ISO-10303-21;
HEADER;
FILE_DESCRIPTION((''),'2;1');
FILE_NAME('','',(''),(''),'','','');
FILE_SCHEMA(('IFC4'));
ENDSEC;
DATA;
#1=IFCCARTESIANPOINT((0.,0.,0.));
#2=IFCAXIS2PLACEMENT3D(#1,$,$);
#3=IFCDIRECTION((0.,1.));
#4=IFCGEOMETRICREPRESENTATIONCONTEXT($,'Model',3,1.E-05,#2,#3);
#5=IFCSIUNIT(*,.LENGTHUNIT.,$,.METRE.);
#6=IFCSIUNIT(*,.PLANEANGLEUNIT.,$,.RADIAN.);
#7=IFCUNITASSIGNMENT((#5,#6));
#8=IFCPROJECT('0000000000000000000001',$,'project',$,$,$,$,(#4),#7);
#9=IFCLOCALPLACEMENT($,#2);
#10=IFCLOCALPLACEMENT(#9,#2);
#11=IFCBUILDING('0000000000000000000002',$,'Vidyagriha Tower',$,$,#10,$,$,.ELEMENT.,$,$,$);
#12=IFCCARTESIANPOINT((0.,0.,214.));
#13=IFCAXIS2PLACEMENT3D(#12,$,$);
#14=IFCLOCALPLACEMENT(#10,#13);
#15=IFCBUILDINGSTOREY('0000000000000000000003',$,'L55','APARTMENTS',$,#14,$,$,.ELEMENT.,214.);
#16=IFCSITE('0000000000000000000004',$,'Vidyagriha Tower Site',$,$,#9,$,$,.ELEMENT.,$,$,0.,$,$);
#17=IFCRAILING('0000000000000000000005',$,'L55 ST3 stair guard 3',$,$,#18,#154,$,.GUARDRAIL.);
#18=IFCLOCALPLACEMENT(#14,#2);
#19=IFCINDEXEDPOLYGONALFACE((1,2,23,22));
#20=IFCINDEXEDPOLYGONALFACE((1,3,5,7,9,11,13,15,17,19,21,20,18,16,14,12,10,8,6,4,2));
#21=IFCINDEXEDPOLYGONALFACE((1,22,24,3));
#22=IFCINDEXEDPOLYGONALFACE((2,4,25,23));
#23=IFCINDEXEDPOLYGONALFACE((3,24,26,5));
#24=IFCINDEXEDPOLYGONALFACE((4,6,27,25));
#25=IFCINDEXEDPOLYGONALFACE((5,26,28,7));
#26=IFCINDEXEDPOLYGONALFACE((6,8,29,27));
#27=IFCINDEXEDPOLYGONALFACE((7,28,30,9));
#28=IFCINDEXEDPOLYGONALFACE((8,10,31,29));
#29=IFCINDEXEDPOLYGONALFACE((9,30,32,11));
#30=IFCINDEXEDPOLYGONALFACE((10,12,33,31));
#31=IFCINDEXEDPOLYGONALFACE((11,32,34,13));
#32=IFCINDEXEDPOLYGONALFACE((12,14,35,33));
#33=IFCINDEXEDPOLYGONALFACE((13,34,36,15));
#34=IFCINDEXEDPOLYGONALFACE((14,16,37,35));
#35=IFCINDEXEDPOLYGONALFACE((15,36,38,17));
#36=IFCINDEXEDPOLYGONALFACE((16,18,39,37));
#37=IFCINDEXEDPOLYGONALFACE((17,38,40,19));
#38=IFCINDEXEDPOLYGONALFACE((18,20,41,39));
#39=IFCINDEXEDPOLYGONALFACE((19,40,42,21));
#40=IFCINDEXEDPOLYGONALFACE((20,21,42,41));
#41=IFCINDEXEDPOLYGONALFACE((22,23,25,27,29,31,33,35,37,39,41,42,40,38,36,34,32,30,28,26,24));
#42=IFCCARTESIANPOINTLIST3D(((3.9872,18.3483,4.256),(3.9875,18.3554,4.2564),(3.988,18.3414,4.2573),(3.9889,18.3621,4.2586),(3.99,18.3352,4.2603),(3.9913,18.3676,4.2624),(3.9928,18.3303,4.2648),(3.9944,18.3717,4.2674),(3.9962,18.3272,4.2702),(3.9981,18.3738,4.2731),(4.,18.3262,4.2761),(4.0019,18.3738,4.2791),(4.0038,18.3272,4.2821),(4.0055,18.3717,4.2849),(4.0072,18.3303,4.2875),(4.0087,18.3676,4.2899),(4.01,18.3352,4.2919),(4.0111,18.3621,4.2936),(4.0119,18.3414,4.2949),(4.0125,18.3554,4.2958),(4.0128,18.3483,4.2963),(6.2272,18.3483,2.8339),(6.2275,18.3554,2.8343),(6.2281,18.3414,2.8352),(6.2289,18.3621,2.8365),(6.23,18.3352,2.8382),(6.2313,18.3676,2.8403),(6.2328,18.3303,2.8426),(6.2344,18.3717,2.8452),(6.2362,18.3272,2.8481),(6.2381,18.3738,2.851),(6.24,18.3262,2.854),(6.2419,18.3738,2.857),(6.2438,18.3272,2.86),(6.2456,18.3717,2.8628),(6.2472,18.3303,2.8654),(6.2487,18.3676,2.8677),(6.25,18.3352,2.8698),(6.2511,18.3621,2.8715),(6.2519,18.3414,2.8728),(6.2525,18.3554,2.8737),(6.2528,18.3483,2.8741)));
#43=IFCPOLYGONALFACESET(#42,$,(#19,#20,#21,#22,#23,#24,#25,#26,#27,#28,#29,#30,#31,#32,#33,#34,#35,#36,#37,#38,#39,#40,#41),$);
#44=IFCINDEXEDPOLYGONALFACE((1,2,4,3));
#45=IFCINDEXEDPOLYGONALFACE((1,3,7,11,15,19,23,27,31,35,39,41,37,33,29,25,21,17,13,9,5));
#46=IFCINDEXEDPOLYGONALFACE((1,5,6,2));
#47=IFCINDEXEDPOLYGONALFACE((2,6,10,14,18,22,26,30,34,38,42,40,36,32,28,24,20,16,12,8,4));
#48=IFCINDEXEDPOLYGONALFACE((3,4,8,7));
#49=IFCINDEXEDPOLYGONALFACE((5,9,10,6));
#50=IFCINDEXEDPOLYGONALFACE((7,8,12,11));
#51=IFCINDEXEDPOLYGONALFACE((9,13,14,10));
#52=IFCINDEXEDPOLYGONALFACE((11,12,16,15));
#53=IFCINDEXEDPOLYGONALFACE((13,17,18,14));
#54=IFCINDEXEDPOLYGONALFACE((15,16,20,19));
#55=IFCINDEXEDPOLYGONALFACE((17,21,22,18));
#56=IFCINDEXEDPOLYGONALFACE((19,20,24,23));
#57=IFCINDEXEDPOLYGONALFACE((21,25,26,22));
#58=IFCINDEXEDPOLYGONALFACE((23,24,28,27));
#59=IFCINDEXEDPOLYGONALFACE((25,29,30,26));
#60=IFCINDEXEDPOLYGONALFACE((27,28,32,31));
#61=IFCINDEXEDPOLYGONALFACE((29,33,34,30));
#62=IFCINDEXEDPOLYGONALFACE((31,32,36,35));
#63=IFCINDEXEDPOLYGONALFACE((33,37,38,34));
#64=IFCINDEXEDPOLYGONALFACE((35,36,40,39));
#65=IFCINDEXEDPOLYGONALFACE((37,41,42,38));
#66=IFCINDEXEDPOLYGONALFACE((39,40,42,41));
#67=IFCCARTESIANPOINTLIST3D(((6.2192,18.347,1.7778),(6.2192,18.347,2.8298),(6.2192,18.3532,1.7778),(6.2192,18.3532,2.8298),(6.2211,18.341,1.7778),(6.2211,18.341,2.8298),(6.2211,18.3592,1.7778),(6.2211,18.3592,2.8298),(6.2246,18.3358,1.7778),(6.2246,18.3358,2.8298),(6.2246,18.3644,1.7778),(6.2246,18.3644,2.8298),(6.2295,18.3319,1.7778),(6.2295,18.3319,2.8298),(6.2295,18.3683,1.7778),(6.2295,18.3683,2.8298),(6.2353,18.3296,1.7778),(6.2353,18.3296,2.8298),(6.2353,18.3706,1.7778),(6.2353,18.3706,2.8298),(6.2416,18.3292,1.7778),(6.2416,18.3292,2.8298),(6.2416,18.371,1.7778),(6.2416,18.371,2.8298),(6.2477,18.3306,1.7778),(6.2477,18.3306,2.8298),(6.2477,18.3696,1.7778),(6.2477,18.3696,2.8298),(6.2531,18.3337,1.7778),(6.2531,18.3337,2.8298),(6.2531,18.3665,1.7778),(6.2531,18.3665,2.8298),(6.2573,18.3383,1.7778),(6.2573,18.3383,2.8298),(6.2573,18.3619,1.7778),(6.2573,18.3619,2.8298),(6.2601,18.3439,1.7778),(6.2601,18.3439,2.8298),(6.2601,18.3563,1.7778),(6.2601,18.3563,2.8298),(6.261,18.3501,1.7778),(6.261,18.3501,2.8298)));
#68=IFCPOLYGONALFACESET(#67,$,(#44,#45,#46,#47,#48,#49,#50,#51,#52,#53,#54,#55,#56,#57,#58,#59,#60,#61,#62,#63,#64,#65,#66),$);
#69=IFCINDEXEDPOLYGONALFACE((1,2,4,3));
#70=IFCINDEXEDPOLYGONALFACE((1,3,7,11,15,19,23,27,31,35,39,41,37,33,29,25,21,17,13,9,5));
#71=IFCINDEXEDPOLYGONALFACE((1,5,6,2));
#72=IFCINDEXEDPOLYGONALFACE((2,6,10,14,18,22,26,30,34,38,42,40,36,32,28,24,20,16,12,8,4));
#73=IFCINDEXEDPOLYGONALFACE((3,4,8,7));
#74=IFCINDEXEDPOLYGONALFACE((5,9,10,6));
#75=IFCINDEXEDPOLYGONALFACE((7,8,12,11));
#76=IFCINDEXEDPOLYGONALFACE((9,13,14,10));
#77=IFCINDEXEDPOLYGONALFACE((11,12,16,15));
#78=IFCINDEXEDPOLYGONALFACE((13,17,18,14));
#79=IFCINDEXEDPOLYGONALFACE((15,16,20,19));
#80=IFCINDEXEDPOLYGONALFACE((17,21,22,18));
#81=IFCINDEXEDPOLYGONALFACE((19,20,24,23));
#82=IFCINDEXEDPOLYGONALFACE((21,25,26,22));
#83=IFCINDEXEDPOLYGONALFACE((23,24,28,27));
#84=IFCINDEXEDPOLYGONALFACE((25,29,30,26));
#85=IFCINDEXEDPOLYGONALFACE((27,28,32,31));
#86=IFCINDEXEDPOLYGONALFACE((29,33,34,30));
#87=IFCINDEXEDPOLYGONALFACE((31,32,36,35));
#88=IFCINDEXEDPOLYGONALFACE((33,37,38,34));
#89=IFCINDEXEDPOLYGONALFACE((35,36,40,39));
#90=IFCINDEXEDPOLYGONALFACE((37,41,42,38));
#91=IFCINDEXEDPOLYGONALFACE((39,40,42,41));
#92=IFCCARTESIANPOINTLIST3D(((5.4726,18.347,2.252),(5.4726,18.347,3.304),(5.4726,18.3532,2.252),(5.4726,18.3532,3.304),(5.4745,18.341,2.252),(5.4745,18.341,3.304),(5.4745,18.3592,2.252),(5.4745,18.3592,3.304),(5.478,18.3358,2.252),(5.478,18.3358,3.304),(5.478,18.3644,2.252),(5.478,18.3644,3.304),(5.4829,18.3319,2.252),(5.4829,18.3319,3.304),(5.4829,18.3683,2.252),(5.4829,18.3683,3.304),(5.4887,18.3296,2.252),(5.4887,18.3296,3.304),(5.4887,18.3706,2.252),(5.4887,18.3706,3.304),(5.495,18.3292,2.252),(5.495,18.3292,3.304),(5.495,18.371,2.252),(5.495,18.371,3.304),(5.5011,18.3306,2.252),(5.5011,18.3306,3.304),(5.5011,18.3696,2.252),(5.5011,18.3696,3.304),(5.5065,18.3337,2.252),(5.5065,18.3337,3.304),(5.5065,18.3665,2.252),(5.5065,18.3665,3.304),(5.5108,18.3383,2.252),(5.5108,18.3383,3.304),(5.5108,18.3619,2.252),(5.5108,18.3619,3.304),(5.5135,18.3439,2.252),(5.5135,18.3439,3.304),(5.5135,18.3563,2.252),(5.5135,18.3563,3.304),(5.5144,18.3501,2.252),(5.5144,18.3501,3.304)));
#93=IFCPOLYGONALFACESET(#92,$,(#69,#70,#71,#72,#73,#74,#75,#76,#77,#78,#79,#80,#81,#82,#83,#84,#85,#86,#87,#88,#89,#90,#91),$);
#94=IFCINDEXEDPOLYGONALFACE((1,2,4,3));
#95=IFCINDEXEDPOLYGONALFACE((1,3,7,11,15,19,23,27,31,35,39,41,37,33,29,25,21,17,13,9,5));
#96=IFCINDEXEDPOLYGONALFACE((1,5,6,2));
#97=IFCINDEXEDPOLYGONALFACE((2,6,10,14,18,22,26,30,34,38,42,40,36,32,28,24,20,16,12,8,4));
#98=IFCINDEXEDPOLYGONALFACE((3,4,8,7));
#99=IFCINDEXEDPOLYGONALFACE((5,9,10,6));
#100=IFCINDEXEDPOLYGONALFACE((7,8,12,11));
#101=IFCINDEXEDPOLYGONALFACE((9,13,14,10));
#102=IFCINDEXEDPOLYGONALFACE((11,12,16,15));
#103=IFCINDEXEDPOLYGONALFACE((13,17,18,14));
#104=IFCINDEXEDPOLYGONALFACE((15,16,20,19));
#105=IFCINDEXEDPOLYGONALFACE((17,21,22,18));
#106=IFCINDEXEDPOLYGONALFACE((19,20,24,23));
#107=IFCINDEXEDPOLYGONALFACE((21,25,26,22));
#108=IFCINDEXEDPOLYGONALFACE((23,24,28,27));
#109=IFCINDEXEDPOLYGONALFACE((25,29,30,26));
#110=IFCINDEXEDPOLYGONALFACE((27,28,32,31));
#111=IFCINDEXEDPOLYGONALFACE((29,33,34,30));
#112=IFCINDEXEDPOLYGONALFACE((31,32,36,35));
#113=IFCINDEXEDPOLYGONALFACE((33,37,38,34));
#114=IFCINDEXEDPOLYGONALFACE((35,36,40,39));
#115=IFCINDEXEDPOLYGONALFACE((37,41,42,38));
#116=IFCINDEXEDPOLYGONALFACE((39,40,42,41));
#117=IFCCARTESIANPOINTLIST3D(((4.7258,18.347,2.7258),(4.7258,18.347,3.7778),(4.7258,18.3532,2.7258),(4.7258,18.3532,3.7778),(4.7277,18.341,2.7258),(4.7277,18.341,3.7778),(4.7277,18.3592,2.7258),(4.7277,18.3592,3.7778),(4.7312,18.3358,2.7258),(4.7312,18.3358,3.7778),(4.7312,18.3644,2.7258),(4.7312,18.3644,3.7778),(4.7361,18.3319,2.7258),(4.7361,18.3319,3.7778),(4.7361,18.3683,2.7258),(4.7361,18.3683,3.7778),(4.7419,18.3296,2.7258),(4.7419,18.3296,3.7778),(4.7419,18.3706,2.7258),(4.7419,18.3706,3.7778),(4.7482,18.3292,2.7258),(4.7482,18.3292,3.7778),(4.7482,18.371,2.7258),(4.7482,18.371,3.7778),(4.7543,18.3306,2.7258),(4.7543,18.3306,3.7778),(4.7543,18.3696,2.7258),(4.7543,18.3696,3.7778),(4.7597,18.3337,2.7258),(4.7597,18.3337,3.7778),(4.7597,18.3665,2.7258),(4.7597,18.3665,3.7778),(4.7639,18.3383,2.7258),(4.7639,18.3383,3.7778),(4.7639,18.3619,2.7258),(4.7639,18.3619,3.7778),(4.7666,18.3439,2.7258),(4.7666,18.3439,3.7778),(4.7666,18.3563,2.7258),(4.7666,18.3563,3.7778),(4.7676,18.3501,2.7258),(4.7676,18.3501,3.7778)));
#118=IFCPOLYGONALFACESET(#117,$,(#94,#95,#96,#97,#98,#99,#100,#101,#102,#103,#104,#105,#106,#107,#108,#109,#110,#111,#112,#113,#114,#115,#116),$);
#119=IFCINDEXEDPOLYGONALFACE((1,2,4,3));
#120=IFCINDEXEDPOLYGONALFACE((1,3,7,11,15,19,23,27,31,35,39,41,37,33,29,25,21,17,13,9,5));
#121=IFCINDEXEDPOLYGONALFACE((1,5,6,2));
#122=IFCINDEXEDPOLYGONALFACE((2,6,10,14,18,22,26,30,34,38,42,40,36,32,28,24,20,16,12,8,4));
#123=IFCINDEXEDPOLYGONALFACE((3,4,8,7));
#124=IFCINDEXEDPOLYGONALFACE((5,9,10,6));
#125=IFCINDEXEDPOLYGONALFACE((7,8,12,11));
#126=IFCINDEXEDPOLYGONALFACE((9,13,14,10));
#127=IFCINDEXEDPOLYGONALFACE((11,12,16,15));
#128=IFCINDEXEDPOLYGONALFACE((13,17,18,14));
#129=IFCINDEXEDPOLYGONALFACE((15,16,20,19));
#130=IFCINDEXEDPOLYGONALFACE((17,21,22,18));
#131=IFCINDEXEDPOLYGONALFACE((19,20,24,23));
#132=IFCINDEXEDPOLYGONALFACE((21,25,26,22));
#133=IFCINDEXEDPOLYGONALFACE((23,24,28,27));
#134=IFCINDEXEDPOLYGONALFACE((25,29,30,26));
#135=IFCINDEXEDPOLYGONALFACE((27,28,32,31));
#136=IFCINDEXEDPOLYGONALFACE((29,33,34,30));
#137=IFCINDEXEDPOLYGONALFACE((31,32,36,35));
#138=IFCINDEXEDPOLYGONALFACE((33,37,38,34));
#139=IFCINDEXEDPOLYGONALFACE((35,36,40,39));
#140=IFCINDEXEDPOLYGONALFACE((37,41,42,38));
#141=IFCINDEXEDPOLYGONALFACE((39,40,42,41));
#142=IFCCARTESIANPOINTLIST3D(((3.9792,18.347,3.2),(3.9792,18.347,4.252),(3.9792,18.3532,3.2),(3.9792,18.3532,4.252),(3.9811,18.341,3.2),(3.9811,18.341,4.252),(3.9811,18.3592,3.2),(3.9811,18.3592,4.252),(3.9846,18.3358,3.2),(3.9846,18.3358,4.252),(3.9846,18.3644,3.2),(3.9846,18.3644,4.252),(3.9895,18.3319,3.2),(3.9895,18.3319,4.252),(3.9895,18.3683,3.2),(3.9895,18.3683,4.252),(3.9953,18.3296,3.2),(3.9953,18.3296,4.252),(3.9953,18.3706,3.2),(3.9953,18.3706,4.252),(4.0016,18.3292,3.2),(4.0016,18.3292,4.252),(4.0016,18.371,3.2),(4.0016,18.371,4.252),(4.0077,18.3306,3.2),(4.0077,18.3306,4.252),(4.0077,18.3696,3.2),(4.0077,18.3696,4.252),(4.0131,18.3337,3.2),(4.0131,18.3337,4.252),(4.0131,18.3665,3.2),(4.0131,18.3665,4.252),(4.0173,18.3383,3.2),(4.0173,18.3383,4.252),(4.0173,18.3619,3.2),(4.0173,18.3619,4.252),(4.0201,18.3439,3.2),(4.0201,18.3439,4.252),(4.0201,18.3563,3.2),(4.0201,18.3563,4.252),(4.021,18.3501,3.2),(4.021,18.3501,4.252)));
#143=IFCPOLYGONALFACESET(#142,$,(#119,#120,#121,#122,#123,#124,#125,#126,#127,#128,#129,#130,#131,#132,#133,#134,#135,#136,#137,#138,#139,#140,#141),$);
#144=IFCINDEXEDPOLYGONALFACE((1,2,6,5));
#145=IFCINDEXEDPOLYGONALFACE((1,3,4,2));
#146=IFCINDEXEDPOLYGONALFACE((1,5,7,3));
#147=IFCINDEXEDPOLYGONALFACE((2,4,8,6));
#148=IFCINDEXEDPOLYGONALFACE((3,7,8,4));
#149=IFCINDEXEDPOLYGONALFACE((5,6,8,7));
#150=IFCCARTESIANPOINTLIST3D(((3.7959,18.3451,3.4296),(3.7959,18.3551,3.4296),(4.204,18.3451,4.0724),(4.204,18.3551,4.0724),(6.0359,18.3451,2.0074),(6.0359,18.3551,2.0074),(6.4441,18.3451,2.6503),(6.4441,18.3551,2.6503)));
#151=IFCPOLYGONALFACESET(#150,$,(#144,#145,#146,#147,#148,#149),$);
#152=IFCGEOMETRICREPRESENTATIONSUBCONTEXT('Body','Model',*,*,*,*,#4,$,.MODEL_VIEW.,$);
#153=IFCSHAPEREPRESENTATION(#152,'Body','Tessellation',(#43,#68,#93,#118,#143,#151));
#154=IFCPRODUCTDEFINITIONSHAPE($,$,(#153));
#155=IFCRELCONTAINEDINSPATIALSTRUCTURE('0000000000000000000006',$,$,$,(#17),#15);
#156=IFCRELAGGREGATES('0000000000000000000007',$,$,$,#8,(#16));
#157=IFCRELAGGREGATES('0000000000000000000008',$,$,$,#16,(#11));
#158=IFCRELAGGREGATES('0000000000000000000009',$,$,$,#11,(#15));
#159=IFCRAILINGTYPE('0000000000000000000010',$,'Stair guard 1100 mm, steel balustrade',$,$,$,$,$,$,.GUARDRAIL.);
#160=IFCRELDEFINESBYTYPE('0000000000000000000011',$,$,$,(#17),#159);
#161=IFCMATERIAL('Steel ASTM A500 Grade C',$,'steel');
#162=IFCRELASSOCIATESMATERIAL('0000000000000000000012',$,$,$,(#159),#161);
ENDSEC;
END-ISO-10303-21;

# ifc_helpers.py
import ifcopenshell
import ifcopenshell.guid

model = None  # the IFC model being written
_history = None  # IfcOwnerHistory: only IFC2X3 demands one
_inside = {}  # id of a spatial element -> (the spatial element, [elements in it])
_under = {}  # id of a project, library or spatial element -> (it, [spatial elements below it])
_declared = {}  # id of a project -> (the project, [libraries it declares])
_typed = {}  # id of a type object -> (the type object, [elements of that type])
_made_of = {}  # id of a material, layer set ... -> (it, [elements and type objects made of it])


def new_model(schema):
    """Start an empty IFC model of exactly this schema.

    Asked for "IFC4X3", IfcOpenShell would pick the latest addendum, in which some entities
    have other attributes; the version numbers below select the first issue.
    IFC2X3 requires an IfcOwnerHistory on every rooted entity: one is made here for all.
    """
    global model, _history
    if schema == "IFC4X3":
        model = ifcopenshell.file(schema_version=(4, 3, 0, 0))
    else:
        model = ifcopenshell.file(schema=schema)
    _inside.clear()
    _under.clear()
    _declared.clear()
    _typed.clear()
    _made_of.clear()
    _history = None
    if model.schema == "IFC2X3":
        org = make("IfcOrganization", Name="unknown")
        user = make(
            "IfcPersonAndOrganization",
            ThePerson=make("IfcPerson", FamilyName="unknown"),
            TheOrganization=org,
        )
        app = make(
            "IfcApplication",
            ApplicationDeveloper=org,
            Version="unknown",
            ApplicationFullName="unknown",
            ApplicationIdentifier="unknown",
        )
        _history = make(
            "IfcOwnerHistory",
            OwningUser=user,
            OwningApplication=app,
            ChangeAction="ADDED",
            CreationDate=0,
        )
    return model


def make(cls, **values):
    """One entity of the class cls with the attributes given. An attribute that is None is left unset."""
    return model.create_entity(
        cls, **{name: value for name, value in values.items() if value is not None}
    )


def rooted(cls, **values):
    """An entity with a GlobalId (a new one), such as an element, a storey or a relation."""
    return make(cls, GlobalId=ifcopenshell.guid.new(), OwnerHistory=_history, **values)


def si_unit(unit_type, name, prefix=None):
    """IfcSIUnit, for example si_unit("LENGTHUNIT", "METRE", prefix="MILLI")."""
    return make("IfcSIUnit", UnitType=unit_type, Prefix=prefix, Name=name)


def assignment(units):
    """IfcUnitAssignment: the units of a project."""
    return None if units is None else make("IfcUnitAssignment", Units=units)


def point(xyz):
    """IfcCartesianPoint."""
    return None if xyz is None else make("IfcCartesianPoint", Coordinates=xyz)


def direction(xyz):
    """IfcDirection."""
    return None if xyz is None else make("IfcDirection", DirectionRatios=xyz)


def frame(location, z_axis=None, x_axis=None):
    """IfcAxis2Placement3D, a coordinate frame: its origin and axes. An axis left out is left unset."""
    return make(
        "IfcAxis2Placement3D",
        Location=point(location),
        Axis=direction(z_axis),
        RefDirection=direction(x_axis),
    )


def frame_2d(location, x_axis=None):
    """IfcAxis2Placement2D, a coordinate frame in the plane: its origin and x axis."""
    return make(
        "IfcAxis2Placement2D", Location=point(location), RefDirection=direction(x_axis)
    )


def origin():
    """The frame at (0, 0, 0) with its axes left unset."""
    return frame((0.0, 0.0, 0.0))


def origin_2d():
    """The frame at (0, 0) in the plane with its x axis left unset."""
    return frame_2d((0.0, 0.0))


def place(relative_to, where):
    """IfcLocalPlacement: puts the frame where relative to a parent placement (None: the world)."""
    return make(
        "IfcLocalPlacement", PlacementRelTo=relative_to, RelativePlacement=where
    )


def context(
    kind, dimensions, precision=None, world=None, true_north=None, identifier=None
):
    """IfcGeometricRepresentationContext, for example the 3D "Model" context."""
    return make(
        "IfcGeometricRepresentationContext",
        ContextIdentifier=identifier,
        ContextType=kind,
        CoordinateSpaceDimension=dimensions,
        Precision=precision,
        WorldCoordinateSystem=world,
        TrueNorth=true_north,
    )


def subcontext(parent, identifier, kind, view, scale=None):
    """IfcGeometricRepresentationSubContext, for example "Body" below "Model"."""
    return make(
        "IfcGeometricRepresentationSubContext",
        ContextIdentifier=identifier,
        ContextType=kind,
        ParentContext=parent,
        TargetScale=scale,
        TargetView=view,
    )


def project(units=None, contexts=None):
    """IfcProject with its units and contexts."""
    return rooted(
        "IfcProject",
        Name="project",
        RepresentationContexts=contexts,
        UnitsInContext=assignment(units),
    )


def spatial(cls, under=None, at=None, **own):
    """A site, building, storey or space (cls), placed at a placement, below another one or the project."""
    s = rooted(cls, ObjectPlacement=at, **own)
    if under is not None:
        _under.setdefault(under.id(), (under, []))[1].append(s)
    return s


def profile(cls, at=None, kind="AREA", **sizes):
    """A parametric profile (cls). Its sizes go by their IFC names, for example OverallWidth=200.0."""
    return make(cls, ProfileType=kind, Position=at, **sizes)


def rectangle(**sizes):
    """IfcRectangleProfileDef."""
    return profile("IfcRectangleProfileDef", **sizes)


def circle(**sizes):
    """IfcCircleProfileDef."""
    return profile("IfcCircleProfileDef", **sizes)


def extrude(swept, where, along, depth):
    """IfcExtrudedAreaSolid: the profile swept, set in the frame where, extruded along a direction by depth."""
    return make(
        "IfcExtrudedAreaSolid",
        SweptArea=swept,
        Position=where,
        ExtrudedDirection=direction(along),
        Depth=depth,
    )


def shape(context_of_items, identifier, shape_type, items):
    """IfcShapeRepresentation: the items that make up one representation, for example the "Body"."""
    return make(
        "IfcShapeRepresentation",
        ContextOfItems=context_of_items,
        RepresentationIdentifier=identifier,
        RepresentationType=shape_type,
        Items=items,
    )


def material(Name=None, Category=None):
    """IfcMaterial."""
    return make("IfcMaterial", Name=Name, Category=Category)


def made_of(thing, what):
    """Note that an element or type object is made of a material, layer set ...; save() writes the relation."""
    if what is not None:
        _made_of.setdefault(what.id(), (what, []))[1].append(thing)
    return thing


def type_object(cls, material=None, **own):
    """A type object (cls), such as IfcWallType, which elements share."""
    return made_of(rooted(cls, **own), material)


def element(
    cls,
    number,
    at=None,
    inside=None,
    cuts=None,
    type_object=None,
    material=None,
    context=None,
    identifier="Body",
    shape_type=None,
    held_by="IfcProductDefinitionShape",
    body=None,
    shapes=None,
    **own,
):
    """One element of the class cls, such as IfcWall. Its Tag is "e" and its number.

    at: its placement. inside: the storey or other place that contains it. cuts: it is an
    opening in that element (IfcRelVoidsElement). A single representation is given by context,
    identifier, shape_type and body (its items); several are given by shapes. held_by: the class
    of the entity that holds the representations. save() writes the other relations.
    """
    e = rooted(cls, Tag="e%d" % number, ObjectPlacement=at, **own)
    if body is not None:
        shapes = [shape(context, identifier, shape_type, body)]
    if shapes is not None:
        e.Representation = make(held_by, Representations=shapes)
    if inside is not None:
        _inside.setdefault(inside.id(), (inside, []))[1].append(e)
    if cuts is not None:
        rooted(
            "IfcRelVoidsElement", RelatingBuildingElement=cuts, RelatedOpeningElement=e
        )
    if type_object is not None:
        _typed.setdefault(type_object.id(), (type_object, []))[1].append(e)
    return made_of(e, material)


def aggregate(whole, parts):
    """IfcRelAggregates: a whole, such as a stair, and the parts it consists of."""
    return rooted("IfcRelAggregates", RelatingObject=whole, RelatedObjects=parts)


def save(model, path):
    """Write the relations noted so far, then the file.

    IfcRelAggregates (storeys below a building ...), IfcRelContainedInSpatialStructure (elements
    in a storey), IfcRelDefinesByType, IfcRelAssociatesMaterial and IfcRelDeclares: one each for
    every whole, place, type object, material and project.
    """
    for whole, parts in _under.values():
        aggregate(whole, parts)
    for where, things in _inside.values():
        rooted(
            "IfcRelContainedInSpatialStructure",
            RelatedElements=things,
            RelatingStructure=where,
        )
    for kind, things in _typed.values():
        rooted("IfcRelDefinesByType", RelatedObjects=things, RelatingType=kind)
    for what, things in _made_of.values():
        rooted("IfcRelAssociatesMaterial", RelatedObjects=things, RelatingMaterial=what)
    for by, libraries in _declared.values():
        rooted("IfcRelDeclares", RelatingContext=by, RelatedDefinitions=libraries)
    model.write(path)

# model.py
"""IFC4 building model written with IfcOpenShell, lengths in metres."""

from ifc_helpers import new_model, si_unit, direction, frame, origin, origin_2d, place, context, subcontext, project, spatial, rectangle, circle, extrude, material, type_object, element, save


model = new_model("IFC4")

# Units and contexts
model_context = context("Model", 3, precision=1e-05, world=origin(), true_north=direction((0.0, 1.0)))
body_context = subcontext(model_context, "Body", "Model", "MODEL_VIEW")
ifc_project = project(units=[si_unit("LENGTHUNIT", "METRE"), si_unit("PLANEANGLEUNIT", "RADIAN")], contexts=[model_context])

# Site, building, storey
site_placement = place(None, origin())
site = spatial("IfcSite", under=ifc_project, at=site_placement, Name="Vidyagriha Tower Site", CompositionType="ELEMENT", RefElevation=0.0)
building_placement = place(site_placement, origin())
building = spatial("IfcBuilding", under=site, at=building_placement, Name="Vidyagriha Tower", CompositionType="ELEMENT")
storey_placement = place(building_placement, frame((0.0, 0.0, 214.0)))
storey = spatial("IfcBuildingStorey", under=building, at=storey_placement, Name="L55", Description="APARTMENTS", CompositionType="ELEMENT", Elevation=214.0)

# Railing
ifc_material_1 = material(Name="Steel ASTM A500 Grade C", Category="steel")
railing_type_1 = type_object("IfcRailingType", Name="Stair guard 1100 mm, steel balustrade", PredefinedType="GUARDRAIL", material=ifc_material_1)
railing_1_placement = place(storey_placement, frame((6.24, 18.3501, 1.7778)))
element("IfcRailing", 1, at=railing_1_placement, inside=storey, type_object=railing_type_1, Name="L55 ST3 stair guard 3", PredefinedType="GUARDRAIL", context=body_context, shape_type="SweptSolid", body=[
    extrude(circle(Radius=0.0239, at=origin_2d()), frame((0.0, 0.0, 1.0762), z_axis=(-0.844229, 0.0, 0.535982), x_axis=(0.0, -1.0, 0.0)), (0.0, 0.0, 1.0), 2.6533),
    extrude(circle(Radius=0.021, at=origin_2d()), origin(), (0.0, 0.0, 1.0), 1.052),
    extrude(circle(Radius=0.021, at=origin_2d()), frame((-0.7466, 0.0, 0.4741)), (0.0, 0.0, 1.0), 1.052),
    extrude(circle(Radius=0.021, at=origin_2d()), frame((-1.4934, 0.0, 0.948)), (0.0, 0.0, 1.0), 1.052),
    extrude(circle(Radius=0.021, at=origin_2d()), frame((-2.24, 0.0, 1.4221)), (0.0, 0.0, 1.0), 1.052),
    extrude(rectangle(XDim=0.01, YDim=0.7615, at=origin_2d()), frame((0.0, 0.0, 0.551), z_axis=(-0.844229, 0.0, 0.535982), x_axis=(0.0, -1.0, 0.0)), (0.0, 0.0, 1.0), 2.6533),
])

save(model, "model.ifc")
